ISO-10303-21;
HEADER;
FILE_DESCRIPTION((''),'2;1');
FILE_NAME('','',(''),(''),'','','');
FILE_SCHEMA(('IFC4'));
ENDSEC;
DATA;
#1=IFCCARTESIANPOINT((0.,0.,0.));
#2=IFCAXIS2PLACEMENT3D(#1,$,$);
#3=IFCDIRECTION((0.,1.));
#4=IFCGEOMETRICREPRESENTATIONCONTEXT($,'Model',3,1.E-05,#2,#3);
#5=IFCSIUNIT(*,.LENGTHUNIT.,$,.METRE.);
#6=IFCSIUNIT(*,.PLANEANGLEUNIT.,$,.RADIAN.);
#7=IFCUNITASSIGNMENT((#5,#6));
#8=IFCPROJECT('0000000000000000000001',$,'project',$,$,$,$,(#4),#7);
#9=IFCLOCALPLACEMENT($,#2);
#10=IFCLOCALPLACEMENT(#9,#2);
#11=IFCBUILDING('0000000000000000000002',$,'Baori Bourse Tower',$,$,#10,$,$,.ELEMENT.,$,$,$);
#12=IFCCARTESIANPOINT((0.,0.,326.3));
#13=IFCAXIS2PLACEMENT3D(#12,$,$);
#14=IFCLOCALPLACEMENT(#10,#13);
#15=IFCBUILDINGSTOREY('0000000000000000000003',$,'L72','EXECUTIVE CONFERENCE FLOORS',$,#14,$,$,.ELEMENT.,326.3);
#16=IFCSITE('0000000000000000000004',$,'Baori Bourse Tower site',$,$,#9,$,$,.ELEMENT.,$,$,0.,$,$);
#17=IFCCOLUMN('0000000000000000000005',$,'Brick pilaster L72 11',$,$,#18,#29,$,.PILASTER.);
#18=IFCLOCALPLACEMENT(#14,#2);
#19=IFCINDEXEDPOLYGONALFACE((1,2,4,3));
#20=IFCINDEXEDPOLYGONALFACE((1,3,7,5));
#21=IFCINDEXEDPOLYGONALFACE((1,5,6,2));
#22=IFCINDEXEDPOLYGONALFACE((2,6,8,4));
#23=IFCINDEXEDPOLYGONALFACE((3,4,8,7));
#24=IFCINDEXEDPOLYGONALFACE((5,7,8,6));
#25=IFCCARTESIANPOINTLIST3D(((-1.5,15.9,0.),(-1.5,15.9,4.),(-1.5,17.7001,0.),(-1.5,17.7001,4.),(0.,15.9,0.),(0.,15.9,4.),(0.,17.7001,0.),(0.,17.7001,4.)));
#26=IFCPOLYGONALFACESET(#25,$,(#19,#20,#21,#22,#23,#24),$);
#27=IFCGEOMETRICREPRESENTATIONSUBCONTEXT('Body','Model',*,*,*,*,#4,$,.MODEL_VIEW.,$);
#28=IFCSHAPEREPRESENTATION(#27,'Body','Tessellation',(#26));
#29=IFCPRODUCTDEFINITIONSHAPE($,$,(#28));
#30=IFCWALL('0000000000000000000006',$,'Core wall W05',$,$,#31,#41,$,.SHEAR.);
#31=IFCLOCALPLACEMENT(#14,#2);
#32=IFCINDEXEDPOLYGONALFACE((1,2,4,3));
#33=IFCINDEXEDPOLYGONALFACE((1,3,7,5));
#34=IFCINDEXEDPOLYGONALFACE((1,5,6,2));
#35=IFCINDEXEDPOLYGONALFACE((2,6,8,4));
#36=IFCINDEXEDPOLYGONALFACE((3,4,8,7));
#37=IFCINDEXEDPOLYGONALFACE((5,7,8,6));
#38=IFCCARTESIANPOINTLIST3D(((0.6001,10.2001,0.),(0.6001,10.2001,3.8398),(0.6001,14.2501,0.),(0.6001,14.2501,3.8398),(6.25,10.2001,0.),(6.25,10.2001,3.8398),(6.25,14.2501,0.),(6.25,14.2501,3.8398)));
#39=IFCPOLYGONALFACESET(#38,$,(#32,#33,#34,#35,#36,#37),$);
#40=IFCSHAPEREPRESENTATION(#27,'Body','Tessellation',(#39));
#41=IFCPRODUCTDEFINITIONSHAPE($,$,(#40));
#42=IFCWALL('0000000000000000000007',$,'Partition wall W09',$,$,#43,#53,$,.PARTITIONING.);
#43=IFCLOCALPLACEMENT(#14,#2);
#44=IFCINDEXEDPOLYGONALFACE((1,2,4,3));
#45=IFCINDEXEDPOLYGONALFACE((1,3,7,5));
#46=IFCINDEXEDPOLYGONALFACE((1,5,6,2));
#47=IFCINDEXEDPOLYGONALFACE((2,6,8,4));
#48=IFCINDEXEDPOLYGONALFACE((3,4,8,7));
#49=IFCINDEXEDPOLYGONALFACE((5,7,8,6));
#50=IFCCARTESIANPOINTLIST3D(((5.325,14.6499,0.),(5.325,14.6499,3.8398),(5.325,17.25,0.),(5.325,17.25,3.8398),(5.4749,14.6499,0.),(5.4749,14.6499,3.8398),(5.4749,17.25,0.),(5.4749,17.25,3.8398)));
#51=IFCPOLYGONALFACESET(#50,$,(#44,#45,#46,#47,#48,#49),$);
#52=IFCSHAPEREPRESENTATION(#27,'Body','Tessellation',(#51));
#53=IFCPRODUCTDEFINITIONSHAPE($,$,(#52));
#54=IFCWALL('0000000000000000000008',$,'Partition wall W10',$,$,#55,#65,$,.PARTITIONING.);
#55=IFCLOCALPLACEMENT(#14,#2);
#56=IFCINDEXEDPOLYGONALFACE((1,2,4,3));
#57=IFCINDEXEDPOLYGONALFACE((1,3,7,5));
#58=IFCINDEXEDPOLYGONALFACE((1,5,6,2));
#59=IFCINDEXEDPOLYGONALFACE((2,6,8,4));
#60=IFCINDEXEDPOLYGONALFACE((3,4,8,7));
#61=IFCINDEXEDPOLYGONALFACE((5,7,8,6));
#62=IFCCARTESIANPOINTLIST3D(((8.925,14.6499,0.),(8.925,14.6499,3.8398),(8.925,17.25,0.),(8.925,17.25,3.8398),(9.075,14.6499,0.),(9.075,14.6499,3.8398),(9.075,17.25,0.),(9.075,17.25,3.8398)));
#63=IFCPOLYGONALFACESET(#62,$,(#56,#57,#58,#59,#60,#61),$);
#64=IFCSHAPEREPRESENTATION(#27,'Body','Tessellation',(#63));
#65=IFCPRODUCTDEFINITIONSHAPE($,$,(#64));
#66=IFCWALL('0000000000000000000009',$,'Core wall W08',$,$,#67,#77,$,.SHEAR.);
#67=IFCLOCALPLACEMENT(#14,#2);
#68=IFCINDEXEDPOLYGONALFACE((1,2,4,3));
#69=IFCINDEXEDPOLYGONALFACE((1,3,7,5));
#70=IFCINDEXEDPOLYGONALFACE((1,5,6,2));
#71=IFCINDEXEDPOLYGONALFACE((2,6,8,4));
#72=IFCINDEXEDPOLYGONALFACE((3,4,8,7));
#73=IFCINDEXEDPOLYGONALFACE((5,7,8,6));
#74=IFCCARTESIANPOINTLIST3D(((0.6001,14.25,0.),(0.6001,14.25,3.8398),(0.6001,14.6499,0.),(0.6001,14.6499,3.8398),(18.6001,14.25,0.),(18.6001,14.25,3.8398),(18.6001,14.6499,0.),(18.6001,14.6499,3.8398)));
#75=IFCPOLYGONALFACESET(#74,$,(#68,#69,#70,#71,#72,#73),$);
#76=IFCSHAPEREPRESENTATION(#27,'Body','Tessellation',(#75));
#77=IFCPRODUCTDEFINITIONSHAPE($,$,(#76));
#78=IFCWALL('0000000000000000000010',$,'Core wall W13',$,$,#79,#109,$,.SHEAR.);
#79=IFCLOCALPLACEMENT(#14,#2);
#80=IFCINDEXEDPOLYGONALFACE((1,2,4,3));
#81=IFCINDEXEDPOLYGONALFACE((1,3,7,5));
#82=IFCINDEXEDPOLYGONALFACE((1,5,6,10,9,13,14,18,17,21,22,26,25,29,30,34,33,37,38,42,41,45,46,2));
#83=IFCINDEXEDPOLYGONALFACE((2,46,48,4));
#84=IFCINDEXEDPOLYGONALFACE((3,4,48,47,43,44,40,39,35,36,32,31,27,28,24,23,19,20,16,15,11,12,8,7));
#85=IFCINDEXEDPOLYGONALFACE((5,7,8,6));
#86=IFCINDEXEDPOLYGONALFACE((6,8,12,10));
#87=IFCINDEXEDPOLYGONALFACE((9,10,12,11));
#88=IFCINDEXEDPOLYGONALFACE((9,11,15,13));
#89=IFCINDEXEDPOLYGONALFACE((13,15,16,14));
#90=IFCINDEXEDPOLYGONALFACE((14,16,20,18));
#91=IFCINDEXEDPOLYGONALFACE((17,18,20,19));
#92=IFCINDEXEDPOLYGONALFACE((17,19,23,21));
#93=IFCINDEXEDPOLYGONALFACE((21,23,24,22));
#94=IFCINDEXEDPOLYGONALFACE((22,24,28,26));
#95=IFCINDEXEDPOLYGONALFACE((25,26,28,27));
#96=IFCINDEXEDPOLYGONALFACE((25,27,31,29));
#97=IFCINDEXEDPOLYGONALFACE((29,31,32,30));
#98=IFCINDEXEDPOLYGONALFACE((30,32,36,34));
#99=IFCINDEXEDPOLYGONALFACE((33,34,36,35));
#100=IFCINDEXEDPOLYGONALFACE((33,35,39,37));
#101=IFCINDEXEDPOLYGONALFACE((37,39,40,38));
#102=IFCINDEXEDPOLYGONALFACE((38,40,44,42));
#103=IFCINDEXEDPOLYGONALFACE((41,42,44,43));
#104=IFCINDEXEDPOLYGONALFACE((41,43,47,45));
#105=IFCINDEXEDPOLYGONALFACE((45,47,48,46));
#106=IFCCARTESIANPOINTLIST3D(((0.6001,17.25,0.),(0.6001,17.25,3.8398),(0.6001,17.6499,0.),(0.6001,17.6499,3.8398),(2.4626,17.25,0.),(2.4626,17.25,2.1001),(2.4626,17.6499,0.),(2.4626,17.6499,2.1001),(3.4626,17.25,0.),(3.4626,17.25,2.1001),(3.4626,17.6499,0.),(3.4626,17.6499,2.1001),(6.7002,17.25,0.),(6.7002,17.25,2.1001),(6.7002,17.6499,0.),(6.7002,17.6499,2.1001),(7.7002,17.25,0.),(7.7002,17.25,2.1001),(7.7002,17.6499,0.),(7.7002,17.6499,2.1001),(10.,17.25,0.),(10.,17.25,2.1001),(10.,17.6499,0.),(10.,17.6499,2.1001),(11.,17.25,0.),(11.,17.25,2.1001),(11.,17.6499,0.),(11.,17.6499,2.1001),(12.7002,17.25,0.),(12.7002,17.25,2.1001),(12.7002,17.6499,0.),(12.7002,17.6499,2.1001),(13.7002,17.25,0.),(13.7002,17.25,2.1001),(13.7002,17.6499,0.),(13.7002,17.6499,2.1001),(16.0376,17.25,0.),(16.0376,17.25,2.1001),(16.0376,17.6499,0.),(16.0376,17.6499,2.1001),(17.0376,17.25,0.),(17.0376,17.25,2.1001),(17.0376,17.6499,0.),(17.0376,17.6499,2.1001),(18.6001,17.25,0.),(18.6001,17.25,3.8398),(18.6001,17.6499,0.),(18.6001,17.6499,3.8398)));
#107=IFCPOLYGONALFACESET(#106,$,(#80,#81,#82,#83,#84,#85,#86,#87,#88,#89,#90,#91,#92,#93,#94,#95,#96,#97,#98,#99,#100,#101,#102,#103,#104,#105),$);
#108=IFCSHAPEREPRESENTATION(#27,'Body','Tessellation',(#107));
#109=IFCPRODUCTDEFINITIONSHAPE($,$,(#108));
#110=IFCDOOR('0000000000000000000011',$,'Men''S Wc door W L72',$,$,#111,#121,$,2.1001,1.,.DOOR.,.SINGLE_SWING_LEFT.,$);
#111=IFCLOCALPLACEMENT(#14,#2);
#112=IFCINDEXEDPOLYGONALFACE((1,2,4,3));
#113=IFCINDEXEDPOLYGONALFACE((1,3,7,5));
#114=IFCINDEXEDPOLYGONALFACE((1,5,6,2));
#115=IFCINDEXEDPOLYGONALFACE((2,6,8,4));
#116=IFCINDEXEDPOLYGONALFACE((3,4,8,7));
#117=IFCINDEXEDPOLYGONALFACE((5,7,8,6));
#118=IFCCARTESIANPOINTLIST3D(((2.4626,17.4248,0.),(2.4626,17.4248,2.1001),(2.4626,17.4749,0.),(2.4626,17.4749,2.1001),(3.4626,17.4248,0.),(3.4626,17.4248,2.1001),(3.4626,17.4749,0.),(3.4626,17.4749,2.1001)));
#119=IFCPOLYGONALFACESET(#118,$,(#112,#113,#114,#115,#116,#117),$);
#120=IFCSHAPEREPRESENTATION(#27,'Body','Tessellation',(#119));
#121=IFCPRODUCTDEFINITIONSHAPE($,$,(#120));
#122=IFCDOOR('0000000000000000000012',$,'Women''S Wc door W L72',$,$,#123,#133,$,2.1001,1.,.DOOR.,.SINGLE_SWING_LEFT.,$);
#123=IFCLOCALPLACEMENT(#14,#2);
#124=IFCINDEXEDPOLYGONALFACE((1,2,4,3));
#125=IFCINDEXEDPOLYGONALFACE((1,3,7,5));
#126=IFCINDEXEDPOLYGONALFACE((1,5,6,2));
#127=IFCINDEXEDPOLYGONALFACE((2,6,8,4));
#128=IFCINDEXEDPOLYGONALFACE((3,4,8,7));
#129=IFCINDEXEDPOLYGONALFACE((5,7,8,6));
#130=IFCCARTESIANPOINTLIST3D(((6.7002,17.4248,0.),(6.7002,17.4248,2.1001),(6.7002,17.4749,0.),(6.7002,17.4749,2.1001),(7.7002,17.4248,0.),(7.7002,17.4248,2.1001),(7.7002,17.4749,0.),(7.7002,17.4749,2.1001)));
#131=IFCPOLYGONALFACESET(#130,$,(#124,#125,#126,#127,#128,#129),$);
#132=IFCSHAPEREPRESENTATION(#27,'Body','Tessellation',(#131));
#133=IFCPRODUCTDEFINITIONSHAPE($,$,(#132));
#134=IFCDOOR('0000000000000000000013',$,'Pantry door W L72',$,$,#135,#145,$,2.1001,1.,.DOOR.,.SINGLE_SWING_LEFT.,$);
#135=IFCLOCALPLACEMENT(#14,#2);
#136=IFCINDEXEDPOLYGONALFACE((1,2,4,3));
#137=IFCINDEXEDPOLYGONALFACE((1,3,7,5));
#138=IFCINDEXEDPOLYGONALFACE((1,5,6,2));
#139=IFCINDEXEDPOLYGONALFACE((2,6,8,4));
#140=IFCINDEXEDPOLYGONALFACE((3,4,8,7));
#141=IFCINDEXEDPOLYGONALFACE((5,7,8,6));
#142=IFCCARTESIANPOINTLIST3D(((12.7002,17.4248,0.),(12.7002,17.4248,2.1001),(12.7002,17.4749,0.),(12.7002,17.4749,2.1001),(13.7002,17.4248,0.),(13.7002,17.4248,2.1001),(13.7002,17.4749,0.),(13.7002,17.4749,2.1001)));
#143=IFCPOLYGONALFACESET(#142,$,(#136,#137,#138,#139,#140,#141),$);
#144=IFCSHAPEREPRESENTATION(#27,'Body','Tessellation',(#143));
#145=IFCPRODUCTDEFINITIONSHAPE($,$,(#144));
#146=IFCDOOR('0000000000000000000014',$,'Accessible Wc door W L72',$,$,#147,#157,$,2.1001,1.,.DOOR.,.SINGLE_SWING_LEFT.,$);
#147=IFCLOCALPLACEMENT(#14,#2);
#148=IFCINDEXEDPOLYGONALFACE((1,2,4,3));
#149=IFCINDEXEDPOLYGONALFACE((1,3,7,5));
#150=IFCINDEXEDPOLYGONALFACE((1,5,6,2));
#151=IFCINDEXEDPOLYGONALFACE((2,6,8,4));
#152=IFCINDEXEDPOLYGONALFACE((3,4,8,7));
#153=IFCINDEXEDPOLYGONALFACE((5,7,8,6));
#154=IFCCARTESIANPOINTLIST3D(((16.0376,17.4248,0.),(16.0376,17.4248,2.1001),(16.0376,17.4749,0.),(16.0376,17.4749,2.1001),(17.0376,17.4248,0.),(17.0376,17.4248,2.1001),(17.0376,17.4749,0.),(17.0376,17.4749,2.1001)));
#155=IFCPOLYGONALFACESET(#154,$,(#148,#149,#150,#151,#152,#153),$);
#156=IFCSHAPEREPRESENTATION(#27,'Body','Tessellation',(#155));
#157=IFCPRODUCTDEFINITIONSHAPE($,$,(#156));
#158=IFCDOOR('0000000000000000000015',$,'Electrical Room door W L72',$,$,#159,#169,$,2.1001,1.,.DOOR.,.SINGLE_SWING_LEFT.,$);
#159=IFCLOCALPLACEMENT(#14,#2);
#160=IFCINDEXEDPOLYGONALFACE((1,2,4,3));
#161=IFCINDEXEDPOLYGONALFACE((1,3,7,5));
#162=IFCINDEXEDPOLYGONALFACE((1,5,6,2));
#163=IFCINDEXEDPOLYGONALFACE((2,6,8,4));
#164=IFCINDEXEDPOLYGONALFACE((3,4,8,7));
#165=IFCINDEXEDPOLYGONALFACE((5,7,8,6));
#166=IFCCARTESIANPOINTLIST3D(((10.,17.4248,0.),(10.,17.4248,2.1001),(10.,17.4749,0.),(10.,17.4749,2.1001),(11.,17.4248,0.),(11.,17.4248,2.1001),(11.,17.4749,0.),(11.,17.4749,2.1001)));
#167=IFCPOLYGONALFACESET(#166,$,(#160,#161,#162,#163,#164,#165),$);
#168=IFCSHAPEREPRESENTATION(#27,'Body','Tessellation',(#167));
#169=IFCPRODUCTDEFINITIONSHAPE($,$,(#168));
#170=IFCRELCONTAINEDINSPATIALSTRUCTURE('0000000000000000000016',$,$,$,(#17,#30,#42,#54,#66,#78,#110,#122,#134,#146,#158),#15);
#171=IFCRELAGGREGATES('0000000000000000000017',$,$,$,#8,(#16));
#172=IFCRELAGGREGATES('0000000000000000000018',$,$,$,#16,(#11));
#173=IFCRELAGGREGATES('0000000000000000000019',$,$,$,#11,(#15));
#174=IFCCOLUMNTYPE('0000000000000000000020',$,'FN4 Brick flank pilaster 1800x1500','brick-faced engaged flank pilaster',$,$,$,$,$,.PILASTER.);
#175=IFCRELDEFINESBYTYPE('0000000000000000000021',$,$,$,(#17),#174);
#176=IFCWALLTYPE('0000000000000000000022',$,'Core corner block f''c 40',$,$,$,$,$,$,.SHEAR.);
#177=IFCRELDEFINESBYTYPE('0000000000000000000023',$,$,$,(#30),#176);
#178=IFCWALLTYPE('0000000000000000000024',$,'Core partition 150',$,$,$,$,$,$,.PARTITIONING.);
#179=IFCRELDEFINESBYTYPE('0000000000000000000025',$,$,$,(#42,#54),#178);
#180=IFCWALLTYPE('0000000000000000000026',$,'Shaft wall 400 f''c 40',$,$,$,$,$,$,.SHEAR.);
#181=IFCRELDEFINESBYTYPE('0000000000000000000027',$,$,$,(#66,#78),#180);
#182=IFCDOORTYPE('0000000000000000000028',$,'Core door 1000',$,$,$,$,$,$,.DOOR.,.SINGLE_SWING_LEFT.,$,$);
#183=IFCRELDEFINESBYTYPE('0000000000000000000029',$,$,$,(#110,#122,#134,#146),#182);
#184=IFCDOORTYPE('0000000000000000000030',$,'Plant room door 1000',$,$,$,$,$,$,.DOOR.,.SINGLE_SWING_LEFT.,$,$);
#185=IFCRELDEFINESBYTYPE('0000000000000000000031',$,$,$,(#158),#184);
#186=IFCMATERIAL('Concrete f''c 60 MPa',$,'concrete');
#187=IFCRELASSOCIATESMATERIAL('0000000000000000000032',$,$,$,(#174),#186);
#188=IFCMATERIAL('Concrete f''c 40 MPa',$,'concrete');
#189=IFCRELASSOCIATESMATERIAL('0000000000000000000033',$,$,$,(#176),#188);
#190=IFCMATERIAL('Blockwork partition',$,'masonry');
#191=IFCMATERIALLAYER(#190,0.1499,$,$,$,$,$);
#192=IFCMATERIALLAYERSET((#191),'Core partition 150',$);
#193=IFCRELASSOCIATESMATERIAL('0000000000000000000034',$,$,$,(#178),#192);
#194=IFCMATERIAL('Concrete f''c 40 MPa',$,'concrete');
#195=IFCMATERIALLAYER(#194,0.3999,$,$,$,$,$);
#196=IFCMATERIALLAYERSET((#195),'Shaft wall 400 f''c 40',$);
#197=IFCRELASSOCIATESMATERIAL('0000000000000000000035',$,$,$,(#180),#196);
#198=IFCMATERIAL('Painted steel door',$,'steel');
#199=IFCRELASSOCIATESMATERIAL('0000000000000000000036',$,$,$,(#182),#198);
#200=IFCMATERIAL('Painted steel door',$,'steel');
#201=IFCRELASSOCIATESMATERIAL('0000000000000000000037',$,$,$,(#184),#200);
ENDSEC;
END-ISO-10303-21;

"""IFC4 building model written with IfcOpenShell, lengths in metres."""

from ifc_helpers import new_model, si_unit, direction, frame, frame_2d, origin, origin_2d, place, context, subcontext, project, spatial, rectangle, extrude, material, layer, layer_set, material_profile, profile_set, type_object, element, fill, save


model = new_model("IFC4")

# Units and contexts
model_context = context("Model", 3, precision=1e-05, world=origin(), true_north=direction((0.0, 1.0)))
body_context = subcontext(model_context, "Body", "Model", "MODEL_VIEW")
ifc_project = project(units=[si_unit("LENGTHUNIT", "METRE"), si_unit("PLANEANGLEUNIT", "RADIAN")], contexts=[model_context])

# Site, building, storey
site_placement = place(None, origin())
site = spatial("IfcSite", under=ifc_project, at=site_placement, Name="Baori Bourse Tower site", CompositionType="ELEMENT", RefElevation=0.0)
building_placement = place(site_placement, origin())
building = spatial("IfcBuilding", under=site, at=building_placement, Name="Baori Bourse Tower", CompositionType="ELEMENT")
storey_placement = place(building_placement, frame((0.0, 0.0, 326.3)))
storey = spatial("IfcBuildingStorey", under=building, at=storey_placement, Name="L72", Description="EXECUTIVE CONFERENCE FLOORS", CompositionType="ELEMENT", Elevation=326.3)

# Column
ifc_material_1 = material(Name="Concrete f'c 60 MPa", Category="concrete")
ifc_material_profile = material_profile(ifc_material_1, rectangle(XDim=1.8, YDim=1.5, at=origin_2d()), Name="RC 1800x1500")
ifc_profile_set = profile_set([ifc_material_profile], Name="Concrete f'c 60 MPa")
column_type = type_object("IfcColumnType", Name="FN4 Brick flank pilaster 1800x1500", Description="brick-faced engaged flank pilaster", PredefinedType="PILASTER", material=ifc_profile_set)
column_placement = place(storey_placement, frame((-0.75, 16.8, 0.0), z_axis=(0.0, 0.0, 1.0), x_axis=(0.0, 1.0, 0.0)))
element("IfcColumn", 1, at=column_placement, inside=storey, type_object=column_type, Name="Brick pilaster L72 11", PredefinedType="PILASTER", context=body_context, shape_type="SweptSolid", body=[
    extrude(rectangle(XDim=1.8, YDim=1.5, at=origin_2d()), origin(), (0.0, 0.0, 1.0), 4.0),
])

# Walls
ifc_material_2 = material(Name="Concrete f'c 40 MPa", Category="concrete")
wall_type_1 = type_object("IfcWallType", Name="Core corner block f'c 40", PredefinedType="SHEAR", material=ifc_material_2)
wall_1_placement = place(storey_placement, frame((0.6001, 12.2251, 0.0), z_axis=(0.0, 0.0, 1.0), x_axis=(1.0, 0.0, 0.0)))
element("IfcWall", 2, at=wall_1_placement, inside=storey, type_object=wall_type_1, Name="Core wall W05", PredefinedType="SHEAR", context=body_context, shape_type="SweptSolid", body=[
    extrude(rectangle(XDim=5.6499, YDim=4.05, at=frame_2d((2.825, 0.0))), origin(), (0.0, 0.0, 1.0), 3.8398),
])
ifc_material_3 = material(Name="Blockwork partition", Category="masonry")
ifc_layer_1 = layer(ifc_material_3, 0.1499)
ifc_layer_set_1 = layer_set([ifc_layer_1], Name="Core partition 150")
wall_type_2 = type_object("IfcWallType", Name="Core partition 150", PredefinedType="PARTITIONING", material=ifc_layer_set_1)
for number, where, z_axis, x_axis, name in (
    (3, (5.3999, 14.6499, 0.0), (0.0, 0.0, 1.0), (0.0, 1.0, 0.0), "Partition wall W09"),
    (4, (9.0, 14.6499, 0.0), (0.0, 0.0, 1.0), (0.0, 1.0, 0.0), "Partition wall W10"),
):
    element("IfcWall", number, at=place(storey_placement, frame(where, z_axis=z_axis, x_axis=x_axis)), inside=storey, type_object=wall_type_2, Name=name, PredefinedType="PARTITIONING", context=body_context, shape_type="SweptSolid", body=[
        extrude(rectangle(XDim=2.6001, YDim=0.1499, at=frame_2d((1.3, 0.0))), origin(), (0.0, 0.0, 1.0), 3.8398),
    ])
ifc_material_4 = material(Name="Concrete f'c 40 MPa", Category="concrete")
ifc_layer_2 = layer(ifc_material_4, 0.3999)
ifc_layer_set_2 = layer_set([ifc_layer_2], Name="Shaft wall 400 f'c 40")
wall_type_3 = type_object("IfcWallType", Name="Shaft wall 400 f'c 40", PredefinedType="SHEAR", material=ifc_layer_set_2)
wall_2_placement = place(storey_placement, frame((0.6001, 14.45, 0.0), z_axis=(0.0, 0.0, 1.0), x_axis=(1.0, 0.0, 0.0)))
element("IfcWall", 5, at=wall_2_placement, inside=storey, type_object=wall_type_3, Name="Core wall W08", PredefinedType="SHEAR", context=body_context, shape_type="SweptSolid", body=[
    extrude(rectangle(XDim=18.0, YDim=0.3999, at=frame_2d((9.0, 0.0))), origin(), (0.0, 0.0, 1.0), 3.8398),
])

# Wall, openings, doors
wall_3_placement = place(storey_placement, frame((0.6001, 17.45, 0.0), z_axis=(0.0, 0.0, 1.0), x_axis=(1.0, 0.0, 0.0)))
wall_3 = element("IfcWall", 6, at=wall_3_placement, inside=storey, type_object=wall_type_3, Name="Core wall W13", PredefinedType="SHEAR", context=body_context, shape_type="SweptSolid", body=[
    extrude(rectangle(XDim=18.0, YDim=0.3999, at=frame_2d((9.0, 0.0))), origin(), (0.0, 0.0, 1.0), 3.8398),
])
opening_1_placement = place(wall_3_placement, frame((1.8625, 0.0, 0.0)))
opening_1 = element("IfcOpeningElement", 7, at=opening_1_placement, cuts=wall_3, PredefinedType="OPENING", context=body_context, shape_type="SweptSolid", body=[
    extrude(rectangle(XDim=1.0, YDim=2.1001, at=frame_2d((0.5, 1.05))), frame((0.0, 0.21, 0.0), z_axis=(0.0, -1.0, 0.0), x_axis=(1.0, 0.0, 0.0)), (0.0, 0.0, 1.0), 0.4199),
])
opening_2_placement = place(wall_3_placement, frame((6.1001, 0.0, 0.0)))
opening_2 = element("IfcOpeningElement", 8, at=opening_2_placement, cuts=wall_3, PredefinedType="OPENING", context=body_context, shape_type="SweptSolid", body=[
    extrude(rectangle(XDim=1.0, YDim=2.1001, at=frame_2d((0.5, 1.05))), frame((0.0, 0.21, 0.0), z_axis=(0.0, -1.0, 0.0), x_axis=(1.0, 0.0, 0.0)), (0.0, 0.0, 1.0), 0.4199),
])
opening_3_placement = place(wall_3_placement, frame((9.3999, 0.0, 0.0)))
opening_3 = element("IfcOpeningElement", 9, at=opening_3_placement, cuts=wall_3, PredefinedType="OPENING", context=body_context, shape_type="SweptSolid", body=[
    extrude(rectangle(XDim=1.0, YDim=2.1001, at=frame_2d((0.5, 1.05))), frame((0.0, 0.21, 0.0), z_axis=(0.0, -1.0, 0.0), x_axis=(1.0, 0.0, 0.0)), (0.0, 0.0, 1.0), 0.4199),
])
opening_4_placement = place(wall_3_placement, frame((12.1001, 0.0, 0.0)))
opening_4 = element("IfcOpeningElement", 10, at=opening_4_placement, cuts=wall_3, PredefinedType="OPENING", context=body_context, shape_type="SweptSolid", body=[
    extrude(rectangle(XDim=1.0, YDim=2.1001, at=frame_2d((0.5, 1.05))), frame((0.0, 0.21, 0.0), z_axis=(0.0, -1.0, 0.0), x_axis=(1.0, 0.0, 0.0)), (0.0, 0.0, 1.0), 0.4199),
])
opening_5_placement = place(wall_3_placement, frame((15.4375, 0.0, 0.0)))
opening_5 = element("IfcOpeningElement", 11, at=opening_5_placement, cuts=wall_3, PredefinedType="OPENING", context=body_context, shape_type="SweptSolid", body=[
    extrude(rectangle(XDim=1.0, YDim=2.1001, at=frame_2d((0.5, 1.05))), frame((0.0, 0.21, 0.0), z_axis=(0.0, -1.0, 0.0), x_axis=(1.0, 0.0, 0.0)), (0.0, 0.0, 1.0), 0.4199),
])
ifc_material_5 = material(Name="Painted steel door", Category="steel")
door_type_1 = type_object("IfcDoorType", Name="Core door 1000", OperationType="SINGLE_SWING_LEFT", PredefinedType="DOOR", material=ifc_material_5)
door_1_placement = place(opening_1_placement, origin())
door_1 = element("IfcDoor", 12, at=door_1_placement, inside=storey, type_object=door_type_1, Name="Men'S Wc door W L72", OperationType="SINGLE_SWING_LEFT", OverallHeight=2.1001, OverallWidth=1.0, PredefinedType="DOOR", context=body_context, shape_type="SweptSolid", body=[
    extrude(rectangle(XDim=1.0, YDim=2.1001, at=frame_2d((0.5, 1.05))), frame((0.0, 0.0249, 0.0), z_axis=(0.0, -1.0, 0.0), x_axis=(1.0, 0.0, 0.0)), (0.0, 0.0, 1.0), 0.05),
])
fill(opening_1, door_1)
door_2_placement = place(opening_2_placement, origin())
door_2 = element("IfcDoor", 13, at=door_2_placement, inside=storey, type_object=door_type_1, Name="Women'S Wc door W L72", OperationType="SINGLE_SWING_LEFT", OverallHeight=2.1001, OverallWidth=1.0, PredefinedType="DOOR", context=body_context, shape_type="SweptSolid", body=[
    extrude(rectangle(XDim=1.0, YDim=2.1001, at=frame_2d((0.5, 1.05))), frame((0.0, 0.0249, 0.0), z_axis=(0.0, -1.0, 0.0), x_axis=(1.0, 0.0, 0.0)), (0.0, 0.0, 1.0), 0.05),
])
fill(opening_2, door_2)
door_3_placement = place(opening_4_placement, origin())
door_3 = element("IfcDoor", 14, at=door_3_placement, inside=storey, type_object=door_type_1, Name="Pantry door W L72", OperationType="SINGLE_SWING_LEFT", OverallHeight=2.1001, OverallWidth=1.0, PredefinedType="DOOR", context=body_context, shape_type="SweptSolid", body=[
    extrude(rectangle(XDim=1.0, YDim=2.1001, at=frame_2d((0.5, 1.05))), frame((0.0, 0.0249, 0.0), z_axis=(0.0, -1.0, 0.0), x_axis=(1.0, 0.0, 0.0)), (0.0, 0.0, 1.0), 0.05),
])
fill(opening_4, door_3)
door_4_placement = place(opening_5_placement, origin())
door_4 = element("IfcDoor", 15, at=door_4_placement, inside=storey, type_object=door_type_1, Name="Accessible Wc door W L72", OperationType="SINGLE_SWING_LEFT", OverallHeight=2.1001, OverallWidth=1.0, PredefinedType="DOOR", context=body_context, shape_type="SweptSolid", body=[
    extrude(rectangle(XDim=1.0, YDim=2.1001, at=frame_2d((0.5, 1.05))), frame((0.0, 0.0249, 0.0), z_axis=(0.0, -1.0, 0.0), x_axis=(1.0, 0.0, 0.0)), (0.0, 0.0, 1.0), 0.05),
])
fill(opening_5, door_4)
ifc_material_6 = material(Name="Painted steel door", Category="steel")
door_type_2 = type_object("IfcDoorType", Name="Plant room door 1000", OperationType="SINGLE_SWING_LEFT", PredefinedType="DOOR", material=ifc_material_6)
door_5_placement = place(opening_3_placement, origin())
door_5 = element("IfcDoor", 16, at=door_5_placement, inside=storey, type_object=door_type_2, Name="Electrical Room door W L72", OperationType="SINGLE_SWING_LEFT", OverallHeight=2.1001, OverallWidth=1.0, PredefinedType="DOOR", context=body_context, shape_type="SweptSolid", body=[
    extrude(rectangle(XDim=1.0, YDim=2.1001, at=frame_2d((0.5, 1.05))), frame((0.0, 0.0249, 0.0), z_axis=(0.0, -1.0, 0.0), x_axis=(1.0, 0.0, 0.0)), (0.0, 0.0, 1.0), 0.05),
])
fill(opening_3, door_5)

save(model, "model.ifc")
